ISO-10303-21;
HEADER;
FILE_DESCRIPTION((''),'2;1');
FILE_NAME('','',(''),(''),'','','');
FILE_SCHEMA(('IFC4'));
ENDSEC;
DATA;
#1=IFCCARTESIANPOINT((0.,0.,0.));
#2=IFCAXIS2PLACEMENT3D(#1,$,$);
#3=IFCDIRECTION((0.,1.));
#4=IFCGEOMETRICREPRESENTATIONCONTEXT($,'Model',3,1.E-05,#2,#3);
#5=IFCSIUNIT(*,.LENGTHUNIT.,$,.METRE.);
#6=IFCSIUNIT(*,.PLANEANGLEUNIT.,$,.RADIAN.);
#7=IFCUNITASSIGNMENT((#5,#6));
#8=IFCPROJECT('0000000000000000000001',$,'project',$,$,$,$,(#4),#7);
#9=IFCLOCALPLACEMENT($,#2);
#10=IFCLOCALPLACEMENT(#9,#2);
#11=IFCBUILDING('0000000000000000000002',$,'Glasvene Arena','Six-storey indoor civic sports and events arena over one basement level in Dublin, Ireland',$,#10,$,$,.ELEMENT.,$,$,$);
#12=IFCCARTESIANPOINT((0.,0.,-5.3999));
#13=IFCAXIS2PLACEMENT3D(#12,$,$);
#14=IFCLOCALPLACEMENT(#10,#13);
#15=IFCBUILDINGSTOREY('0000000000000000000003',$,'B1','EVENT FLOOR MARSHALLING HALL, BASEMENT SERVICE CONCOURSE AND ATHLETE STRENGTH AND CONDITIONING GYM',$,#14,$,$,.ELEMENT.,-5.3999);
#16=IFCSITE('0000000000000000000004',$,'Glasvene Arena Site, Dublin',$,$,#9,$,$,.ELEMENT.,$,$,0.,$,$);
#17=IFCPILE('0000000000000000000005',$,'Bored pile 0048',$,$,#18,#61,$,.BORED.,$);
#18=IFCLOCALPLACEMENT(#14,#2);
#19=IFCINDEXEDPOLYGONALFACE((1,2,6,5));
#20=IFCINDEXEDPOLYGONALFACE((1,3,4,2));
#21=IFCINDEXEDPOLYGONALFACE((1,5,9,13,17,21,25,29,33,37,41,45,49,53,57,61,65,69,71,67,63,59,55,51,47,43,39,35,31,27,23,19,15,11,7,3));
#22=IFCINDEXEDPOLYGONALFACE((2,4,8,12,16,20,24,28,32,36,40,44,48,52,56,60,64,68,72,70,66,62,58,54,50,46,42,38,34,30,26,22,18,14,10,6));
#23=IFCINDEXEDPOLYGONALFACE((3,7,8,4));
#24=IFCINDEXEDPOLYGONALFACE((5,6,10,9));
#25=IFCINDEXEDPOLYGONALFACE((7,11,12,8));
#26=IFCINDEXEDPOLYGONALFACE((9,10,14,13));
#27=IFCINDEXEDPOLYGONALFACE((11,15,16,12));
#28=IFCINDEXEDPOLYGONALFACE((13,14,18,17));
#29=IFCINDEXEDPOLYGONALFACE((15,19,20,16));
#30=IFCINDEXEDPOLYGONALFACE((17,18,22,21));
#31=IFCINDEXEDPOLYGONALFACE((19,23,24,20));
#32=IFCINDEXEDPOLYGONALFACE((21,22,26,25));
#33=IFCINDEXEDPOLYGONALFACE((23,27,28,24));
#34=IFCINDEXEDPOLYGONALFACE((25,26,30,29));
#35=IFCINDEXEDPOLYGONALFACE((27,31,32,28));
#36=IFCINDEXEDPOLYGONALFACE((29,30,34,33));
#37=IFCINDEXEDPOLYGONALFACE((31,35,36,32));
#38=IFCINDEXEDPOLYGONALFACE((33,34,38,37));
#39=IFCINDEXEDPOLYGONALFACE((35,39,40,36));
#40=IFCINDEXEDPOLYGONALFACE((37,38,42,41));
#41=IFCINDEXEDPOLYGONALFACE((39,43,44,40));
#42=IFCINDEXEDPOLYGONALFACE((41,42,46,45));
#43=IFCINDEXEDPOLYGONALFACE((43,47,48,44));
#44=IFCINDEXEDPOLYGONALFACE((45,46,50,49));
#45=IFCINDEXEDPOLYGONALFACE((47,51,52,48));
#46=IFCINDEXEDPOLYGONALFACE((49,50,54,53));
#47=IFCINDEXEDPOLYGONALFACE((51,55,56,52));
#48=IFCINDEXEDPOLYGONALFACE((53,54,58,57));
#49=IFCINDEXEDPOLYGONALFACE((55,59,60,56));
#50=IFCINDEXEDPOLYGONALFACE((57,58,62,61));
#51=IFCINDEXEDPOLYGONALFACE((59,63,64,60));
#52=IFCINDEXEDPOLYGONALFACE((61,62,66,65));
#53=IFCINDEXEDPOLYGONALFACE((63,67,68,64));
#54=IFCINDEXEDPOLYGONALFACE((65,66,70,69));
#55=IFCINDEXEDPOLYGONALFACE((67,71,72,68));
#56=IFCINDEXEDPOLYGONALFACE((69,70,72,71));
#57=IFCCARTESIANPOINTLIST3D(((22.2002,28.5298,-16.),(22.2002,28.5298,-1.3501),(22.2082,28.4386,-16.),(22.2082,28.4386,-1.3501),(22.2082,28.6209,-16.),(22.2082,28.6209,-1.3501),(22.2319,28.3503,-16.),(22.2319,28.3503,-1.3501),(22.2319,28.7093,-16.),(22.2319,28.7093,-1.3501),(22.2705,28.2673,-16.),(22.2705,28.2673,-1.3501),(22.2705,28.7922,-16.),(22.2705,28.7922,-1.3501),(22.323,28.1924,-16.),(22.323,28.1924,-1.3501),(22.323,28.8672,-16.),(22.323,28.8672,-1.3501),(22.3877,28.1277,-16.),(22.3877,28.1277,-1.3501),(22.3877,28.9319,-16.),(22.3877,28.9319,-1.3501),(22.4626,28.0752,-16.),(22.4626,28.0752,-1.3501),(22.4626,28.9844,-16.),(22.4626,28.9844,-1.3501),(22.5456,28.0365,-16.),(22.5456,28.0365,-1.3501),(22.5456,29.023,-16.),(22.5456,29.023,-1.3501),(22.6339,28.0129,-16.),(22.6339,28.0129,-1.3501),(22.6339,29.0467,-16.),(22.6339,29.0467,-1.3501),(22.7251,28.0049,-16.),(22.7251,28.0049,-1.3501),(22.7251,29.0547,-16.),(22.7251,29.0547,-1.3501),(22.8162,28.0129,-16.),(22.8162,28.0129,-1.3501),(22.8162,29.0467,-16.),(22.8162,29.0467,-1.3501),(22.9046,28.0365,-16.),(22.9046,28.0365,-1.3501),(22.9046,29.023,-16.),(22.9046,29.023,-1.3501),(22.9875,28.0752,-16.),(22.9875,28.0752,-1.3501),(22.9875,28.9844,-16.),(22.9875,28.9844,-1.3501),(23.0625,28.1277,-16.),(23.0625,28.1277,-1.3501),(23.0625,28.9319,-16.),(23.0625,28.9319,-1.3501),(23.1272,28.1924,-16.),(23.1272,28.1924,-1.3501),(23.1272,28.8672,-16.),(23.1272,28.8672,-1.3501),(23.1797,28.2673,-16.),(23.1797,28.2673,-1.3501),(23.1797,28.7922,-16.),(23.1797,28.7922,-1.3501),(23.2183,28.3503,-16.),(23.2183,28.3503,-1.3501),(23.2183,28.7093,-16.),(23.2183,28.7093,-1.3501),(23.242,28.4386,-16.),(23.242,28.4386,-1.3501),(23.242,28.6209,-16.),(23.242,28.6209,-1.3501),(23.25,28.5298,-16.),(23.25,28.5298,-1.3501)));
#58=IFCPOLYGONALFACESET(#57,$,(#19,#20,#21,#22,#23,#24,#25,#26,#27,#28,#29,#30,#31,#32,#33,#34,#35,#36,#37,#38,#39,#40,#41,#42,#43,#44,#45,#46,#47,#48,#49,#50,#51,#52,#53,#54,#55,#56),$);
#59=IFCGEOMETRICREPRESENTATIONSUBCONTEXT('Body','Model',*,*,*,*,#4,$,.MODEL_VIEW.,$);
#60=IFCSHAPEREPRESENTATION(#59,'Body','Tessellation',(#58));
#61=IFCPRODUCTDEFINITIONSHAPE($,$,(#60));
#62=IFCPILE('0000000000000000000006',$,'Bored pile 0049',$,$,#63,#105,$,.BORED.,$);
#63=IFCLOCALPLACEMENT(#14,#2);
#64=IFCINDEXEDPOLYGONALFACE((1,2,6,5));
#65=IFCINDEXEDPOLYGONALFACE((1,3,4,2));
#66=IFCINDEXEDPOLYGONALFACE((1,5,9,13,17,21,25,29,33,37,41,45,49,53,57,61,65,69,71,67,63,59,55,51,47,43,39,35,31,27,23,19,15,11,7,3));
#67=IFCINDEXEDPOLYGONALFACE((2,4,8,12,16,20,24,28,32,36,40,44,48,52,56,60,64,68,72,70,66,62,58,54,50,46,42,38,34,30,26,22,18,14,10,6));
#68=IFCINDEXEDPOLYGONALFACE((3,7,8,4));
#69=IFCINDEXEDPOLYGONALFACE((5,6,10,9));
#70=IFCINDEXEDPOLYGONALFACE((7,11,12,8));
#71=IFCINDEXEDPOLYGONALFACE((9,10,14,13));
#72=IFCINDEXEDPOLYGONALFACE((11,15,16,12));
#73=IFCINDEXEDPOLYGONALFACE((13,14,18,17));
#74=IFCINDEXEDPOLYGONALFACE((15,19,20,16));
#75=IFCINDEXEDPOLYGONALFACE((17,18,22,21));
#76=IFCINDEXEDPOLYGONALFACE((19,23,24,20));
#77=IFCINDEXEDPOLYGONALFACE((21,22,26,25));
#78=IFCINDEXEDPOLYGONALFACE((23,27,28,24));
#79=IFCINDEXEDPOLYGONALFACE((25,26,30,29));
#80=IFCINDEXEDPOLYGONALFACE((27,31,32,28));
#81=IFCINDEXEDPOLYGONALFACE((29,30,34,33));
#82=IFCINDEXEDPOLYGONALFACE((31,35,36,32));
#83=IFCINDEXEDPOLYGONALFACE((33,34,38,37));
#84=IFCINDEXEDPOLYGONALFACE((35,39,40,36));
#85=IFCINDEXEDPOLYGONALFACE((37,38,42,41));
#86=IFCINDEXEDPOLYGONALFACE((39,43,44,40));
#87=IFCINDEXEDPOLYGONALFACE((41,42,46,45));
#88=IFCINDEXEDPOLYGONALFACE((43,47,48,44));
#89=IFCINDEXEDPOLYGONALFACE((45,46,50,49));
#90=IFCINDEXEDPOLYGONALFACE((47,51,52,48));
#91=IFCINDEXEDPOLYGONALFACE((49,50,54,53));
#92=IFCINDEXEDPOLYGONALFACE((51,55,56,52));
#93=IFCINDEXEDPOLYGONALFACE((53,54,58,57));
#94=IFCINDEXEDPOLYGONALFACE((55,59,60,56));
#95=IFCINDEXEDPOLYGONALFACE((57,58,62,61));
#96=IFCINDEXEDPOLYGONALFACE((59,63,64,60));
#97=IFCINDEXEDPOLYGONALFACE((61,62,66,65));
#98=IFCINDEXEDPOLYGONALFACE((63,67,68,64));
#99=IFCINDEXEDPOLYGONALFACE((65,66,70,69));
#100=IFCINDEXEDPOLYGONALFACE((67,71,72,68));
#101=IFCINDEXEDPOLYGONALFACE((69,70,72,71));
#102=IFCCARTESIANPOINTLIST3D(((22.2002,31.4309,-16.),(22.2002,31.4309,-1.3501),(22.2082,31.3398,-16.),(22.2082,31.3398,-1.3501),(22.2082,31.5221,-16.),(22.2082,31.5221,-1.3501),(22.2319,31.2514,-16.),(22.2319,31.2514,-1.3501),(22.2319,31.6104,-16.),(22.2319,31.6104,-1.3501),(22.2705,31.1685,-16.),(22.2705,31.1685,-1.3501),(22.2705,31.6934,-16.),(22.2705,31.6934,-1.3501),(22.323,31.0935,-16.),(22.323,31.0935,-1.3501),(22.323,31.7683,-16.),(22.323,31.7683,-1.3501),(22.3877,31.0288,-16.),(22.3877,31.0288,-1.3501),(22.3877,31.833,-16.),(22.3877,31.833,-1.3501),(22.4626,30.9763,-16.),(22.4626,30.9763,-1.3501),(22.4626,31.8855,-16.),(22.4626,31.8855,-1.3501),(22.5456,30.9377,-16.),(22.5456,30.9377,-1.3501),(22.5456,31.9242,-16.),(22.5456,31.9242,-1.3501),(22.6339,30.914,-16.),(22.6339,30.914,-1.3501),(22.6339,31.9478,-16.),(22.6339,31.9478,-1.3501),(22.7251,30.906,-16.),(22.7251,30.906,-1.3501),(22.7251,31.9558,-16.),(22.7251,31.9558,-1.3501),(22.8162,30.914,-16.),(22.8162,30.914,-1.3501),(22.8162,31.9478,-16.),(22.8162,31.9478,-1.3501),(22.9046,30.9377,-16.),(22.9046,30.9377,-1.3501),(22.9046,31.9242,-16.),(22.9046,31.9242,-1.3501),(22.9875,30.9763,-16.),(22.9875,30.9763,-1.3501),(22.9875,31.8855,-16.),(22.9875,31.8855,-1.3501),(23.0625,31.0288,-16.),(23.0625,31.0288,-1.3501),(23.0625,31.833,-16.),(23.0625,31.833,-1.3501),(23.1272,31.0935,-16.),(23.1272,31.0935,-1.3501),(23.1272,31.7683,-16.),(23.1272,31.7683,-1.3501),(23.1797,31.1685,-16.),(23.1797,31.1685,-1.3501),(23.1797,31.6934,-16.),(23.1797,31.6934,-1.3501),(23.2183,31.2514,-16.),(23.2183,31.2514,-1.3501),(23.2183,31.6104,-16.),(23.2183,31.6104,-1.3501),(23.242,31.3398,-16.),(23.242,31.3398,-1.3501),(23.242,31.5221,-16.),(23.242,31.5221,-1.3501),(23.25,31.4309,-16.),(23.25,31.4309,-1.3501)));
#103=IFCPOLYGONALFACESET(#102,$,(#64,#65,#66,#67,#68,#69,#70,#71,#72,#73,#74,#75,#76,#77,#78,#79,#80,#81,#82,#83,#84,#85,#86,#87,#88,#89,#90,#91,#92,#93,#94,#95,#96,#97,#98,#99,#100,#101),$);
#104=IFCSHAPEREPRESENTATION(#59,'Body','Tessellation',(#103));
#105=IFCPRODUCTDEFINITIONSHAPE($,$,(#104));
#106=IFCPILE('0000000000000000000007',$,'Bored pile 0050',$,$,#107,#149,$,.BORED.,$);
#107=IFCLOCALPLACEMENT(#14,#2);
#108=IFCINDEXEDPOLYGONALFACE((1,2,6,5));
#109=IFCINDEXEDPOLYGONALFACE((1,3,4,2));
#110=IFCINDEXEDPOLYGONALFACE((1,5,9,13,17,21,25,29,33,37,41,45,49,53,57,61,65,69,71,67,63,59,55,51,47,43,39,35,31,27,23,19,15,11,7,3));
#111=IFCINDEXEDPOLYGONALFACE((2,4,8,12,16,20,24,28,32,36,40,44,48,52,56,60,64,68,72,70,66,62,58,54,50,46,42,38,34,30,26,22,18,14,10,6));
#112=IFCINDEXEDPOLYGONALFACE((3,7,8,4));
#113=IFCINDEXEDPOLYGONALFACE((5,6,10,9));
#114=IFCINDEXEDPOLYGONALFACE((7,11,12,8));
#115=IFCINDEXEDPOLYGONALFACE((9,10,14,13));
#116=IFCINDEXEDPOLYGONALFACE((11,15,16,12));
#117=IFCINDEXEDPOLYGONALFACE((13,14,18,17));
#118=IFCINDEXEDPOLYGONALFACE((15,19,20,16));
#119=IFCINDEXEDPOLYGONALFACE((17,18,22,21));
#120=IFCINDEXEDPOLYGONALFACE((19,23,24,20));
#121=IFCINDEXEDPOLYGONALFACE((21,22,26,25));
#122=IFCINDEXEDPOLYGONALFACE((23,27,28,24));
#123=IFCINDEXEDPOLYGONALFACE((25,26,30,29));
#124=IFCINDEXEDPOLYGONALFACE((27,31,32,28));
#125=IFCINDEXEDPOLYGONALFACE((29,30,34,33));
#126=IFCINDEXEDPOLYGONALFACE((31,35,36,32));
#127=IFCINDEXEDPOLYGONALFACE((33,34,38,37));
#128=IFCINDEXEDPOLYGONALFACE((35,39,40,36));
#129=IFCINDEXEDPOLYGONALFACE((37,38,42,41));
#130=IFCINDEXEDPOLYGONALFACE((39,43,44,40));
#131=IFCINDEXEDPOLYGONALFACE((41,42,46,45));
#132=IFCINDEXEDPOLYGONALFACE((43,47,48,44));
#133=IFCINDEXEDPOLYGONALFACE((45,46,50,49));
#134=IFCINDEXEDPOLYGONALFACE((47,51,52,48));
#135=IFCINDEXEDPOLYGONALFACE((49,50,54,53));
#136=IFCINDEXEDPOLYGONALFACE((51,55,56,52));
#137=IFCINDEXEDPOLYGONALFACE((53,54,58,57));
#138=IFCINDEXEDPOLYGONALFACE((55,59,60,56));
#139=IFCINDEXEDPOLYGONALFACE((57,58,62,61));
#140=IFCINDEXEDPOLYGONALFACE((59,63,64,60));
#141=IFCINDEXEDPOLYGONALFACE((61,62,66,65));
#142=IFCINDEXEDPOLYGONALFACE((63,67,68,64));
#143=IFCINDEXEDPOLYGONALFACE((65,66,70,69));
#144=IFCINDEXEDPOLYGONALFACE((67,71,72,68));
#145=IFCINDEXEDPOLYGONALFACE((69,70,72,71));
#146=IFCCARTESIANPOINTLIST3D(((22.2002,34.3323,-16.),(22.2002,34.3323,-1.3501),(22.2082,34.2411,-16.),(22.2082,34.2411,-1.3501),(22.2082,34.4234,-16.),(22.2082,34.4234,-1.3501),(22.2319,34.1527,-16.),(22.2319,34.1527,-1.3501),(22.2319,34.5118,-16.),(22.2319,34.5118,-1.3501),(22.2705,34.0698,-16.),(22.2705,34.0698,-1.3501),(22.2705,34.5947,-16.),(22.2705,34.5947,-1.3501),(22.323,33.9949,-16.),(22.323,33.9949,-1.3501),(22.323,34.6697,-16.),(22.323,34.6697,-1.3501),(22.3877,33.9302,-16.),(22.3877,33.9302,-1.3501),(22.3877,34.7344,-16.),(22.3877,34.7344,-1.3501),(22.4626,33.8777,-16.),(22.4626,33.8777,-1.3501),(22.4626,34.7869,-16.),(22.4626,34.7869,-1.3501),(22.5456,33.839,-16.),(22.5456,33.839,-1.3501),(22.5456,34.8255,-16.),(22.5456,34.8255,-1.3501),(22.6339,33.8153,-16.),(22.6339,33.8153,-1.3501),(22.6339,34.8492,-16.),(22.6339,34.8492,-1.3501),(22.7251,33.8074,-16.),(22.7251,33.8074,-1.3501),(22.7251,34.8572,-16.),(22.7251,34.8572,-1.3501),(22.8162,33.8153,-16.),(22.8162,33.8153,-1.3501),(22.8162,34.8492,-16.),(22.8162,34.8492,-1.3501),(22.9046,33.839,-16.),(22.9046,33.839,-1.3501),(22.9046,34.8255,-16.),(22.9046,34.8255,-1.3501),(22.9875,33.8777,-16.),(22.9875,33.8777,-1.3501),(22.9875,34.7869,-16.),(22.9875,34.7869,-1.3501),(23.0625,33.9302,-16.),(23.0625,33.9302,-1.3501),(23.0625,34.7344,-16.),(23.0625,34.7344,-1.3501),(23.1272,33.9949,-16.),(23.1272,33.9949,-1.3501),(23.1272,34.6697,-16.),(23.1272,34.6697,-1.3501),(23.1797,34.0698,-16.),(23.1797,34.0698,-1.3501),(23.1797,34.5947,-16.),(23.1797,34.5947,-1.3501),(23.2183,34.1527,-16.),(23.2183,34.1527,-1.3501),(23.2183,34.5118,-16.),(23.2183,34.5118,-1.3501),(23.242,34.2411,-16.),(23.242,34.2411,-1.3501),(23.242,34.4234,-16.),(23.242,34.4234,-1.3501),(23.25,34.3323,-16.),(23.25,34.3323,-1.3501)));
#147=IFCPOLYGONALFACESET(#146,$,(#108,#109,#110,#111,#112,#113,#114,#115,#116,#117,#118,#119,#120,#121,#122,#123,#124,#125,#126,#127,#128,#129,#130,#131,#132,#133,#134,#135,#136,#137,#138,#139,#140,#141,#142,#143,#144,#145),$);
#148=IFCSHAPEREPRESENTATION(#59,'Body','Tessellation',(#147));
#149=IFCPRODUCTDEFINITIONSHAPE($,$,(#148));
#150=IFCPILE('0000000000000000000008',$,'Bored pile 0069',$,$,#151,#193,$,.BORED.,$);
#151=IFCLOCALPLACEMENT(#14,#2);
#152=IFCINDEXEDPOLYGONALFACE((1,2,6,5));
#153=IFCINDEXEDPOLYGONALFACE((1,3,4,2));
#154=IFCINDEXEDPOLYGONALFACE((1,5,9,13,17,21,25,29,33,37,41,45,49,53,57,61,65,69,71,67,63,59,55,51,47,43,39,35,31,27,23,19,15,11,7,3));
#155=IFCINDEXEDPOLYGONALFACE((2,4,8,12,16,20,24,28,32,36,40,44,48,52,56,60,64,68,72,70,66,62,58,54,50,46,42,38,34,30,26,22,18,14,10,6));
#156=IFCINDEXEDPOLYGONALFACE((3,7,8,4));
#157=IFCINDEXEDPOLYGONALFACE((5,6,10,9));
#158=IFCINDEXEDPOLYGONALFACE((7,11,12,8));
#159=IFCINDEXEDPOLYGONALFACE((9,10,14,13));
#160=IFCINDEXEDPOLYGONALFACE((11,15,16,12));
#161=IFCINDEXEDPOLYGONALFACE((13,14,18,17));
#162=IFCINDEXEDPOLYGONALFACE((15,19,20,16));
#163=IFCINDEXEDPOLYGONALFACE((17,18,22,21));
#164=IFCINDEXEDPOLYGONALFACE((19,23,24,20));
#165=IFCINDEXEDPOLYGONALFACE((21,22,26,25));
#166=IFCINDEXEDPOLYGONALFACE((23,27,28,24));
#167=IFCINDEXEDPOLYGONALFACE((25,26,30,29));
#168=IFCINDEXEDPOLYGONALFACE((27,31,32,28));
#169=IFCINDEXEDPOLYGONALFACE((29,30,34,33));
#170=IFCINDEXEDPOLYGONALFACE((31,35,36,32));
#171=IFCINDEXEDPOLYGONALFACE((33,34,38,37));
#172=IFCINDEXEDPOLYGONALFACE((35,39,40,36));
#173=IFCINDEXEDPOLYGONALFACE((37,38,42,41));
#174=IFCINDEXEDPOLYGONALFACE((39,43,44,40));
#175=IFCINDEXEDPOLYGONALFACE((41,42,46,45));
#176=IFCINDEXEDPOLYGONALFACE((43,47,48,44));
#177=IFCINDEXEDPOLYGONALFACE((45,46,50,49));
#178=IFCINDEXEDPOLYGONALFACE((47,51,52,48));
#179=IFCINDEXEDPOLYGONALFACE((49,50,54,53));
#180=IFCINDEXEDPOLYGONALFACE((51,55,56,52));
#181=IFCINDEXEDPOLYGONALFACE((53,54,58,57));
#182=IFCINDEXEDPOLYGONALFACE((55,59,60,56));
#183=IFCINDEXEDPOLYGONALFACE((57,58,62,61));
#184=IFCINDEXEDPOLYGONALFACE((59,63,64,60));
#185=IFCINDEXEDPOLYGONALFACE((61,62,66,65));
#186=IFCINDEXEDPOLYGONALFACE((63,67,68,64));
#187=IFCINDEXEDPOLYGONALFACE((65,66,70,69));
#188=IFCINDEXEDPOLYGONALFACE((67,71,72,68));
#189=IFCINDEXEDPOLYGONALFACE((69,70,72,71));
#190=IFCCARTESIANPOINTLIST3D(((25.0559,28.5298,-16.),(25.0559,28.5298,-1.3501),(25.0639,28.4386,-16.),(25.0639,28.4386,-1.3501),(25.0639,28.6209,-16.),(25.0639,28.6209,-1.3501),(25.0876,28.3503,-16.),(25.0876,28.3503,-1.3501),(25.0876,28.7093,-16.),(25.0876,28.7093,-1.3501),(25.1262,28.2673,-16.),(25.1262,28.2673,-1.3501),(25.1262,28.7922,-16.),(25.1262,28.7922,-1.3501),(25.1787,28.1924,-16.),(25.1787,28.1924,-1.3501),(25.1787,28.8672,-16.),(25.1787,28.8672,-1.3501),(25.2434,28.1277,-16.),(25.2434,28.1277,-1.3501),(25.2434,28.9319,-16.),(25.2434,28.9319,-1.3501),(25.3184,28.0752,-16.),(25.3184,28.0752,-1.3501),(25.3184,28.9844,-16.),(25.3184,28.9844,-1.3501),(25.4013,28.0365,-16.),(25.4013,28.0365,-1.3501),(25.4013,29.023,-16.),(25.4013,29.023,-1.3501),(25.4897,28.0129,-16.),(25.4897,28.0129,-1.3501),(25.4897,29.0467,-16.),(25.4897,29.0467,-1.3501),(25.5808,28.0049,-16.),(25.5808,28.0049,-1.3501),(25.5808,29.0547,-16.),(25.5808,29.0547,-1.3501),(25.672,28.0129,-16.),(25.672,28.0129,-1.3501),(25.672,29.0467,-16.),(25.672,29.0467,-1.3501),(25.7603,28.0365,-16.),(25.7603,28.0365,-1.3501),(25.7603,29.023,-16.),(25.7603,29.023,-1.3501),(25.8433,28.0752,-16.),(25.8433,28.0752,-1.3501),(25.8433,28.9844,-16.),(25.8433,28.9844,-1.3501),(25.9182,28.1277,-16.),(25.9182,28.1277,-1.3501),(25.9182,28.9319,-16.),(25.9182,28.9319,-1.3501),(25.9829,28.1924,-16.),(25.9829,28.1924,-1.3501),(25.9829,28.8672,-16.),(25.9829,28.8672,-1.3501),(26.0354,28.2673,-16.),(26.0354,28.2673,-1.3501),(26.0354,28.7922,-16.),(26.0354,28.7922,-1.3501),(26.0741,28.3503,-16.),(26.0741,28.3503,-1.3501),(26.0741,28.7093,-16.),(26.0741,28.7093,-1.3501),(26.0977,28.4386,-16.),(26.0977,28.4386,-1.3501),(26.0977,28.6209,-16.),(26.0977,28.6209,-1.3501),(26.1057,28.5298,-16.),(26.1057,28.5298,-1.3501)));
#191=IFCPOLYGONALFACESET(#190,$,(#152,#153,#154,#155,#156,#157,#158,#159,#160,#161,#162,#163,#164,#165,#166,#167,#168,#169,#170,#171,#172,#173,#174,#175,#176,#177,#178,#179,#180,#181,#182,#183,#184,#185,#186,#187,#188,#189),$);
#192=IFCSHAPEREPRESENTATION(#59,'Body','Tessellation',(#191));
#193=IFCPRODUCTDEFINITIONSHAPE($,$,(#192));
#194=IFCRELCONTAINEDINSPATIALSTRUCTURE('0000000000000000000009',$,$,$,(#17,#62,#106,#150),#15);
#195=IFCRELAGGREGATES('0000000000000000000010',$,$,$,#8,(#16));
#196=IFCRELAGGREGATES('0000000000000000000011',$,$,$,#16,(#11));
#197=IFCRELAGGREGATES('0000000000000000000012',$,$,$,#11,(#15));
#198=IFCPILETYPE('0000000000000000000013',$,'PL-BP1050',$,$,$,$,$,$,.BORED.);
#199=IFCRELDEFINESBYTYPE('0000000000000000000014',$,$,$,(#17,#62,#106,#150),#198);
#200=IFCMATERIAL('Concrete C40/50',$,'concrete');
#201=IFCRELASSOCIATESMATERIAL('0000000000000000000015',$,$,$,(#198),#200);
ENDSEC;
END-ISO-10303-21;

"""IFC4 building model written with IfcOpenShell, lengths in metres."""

from ifc_helpers import new_model, si_unit, direction, frame, origin, origin_2d, place, context, subcontext, project, spatial, circle, extrude, material, material_profile, profile_set, type_object, element, save


model = new_model("IFC4")

# Units and contexts
model_context = context("Model", 3, precision=1e-05, world=origin(), true_north=direction((0.0, 1.0)))
body_context = subcontext(model_context, "Body", "Model", "MODEL_VIEW")
ifc_project = project(units=[si_unit("LENGTHUNIT", "METRE"), si_unit("PLANEANGLEUNIT", "RADIAN")], contexts=[model_context])

# Site, building, storey
site_placement = place(None, origin())
site = spatial("IfcSite", under=ifc_project, at=site_placement, Name="Glasvene Arena Site, Dublin", CompositionType="ELEMENT", RefElevation=0.0)
building_placement = place(site_placement, origin())
building = spatial("IfcBuilding", under=site, at=building_placement, Name="Glasvene Arena", Description="Six-storey indoor civic sports and events arena over one basement level in Dublin, Ireland", CompositionType="ELEMENT")
storey_placement = place(building_placement, frame((0.0, 0.0, -5.3999)))
storey = spatial("IfcBuildingStorey", under=building, at=storey_placement, Name="B1", Description="EVENT FLOOR MARSHALLING HALL, BASEMENT SERVICE CONCOURSE AND ATHLETE STRENGTH AND CONDITIONING GYM", CompositionType="ELEMENT", Elevation=-5.3999)

# Piles
ifc_material_1 = material(Name="Concrete C40/50", Category="concrete")
ifc_material_profile_1 = material_profile(ifc_material_1, circle(Radius=0.5249, at=origin_2d()), Name="BORED PILE 1050")
ifc_profile_set_1 = profile_set([ifc_material_profile_1], Name="Concrete C40/50")
pile_type = type_object("IfcPileType", Name="PL-BP1050", PredefinedType="BORED", material=ifc_profile_set_1)
for number, where, z_axis, x_axis, name in (
    (1, (22.7251, 28.5298, -1.3501), (0.0, 0.0, -1.0), (1.0, 0.0, 0.0), "Bored pile 0048"),
    (2, (22.7251, 31.4309, -1.3501), (0.0, 0.0, -1.0), (1.0, 0.0, 0.0), "Bored pile 0049"),
    (3, (22.7251, 34.3323, -1.3501), (0.0, 0.0, -1.0), (1.0, 0.0, 0.0), "Bored pile 0050"),
    (4, (25.5808, 28.5298, -1.3501), (0.0, 0.0, -1.0), (1.0, 0.0, 0.0), "Bored pile 0069"),
):
    element("IfcPile", number, at=place(storey_placement, frame(where, z_axis=z_axis, x_axis=x_axis)), inside=storey, type_object=pile_type, Name=name, PredefinedType="BORED", context=body_context, shape_type="SweptSolid", body=[
        extrude(circle(Radius=0.5249, at=origin_2d()), origin(), (0.0, 0.0, 1.0), 14.6499),
    ])

save(model, "model.ifc")
